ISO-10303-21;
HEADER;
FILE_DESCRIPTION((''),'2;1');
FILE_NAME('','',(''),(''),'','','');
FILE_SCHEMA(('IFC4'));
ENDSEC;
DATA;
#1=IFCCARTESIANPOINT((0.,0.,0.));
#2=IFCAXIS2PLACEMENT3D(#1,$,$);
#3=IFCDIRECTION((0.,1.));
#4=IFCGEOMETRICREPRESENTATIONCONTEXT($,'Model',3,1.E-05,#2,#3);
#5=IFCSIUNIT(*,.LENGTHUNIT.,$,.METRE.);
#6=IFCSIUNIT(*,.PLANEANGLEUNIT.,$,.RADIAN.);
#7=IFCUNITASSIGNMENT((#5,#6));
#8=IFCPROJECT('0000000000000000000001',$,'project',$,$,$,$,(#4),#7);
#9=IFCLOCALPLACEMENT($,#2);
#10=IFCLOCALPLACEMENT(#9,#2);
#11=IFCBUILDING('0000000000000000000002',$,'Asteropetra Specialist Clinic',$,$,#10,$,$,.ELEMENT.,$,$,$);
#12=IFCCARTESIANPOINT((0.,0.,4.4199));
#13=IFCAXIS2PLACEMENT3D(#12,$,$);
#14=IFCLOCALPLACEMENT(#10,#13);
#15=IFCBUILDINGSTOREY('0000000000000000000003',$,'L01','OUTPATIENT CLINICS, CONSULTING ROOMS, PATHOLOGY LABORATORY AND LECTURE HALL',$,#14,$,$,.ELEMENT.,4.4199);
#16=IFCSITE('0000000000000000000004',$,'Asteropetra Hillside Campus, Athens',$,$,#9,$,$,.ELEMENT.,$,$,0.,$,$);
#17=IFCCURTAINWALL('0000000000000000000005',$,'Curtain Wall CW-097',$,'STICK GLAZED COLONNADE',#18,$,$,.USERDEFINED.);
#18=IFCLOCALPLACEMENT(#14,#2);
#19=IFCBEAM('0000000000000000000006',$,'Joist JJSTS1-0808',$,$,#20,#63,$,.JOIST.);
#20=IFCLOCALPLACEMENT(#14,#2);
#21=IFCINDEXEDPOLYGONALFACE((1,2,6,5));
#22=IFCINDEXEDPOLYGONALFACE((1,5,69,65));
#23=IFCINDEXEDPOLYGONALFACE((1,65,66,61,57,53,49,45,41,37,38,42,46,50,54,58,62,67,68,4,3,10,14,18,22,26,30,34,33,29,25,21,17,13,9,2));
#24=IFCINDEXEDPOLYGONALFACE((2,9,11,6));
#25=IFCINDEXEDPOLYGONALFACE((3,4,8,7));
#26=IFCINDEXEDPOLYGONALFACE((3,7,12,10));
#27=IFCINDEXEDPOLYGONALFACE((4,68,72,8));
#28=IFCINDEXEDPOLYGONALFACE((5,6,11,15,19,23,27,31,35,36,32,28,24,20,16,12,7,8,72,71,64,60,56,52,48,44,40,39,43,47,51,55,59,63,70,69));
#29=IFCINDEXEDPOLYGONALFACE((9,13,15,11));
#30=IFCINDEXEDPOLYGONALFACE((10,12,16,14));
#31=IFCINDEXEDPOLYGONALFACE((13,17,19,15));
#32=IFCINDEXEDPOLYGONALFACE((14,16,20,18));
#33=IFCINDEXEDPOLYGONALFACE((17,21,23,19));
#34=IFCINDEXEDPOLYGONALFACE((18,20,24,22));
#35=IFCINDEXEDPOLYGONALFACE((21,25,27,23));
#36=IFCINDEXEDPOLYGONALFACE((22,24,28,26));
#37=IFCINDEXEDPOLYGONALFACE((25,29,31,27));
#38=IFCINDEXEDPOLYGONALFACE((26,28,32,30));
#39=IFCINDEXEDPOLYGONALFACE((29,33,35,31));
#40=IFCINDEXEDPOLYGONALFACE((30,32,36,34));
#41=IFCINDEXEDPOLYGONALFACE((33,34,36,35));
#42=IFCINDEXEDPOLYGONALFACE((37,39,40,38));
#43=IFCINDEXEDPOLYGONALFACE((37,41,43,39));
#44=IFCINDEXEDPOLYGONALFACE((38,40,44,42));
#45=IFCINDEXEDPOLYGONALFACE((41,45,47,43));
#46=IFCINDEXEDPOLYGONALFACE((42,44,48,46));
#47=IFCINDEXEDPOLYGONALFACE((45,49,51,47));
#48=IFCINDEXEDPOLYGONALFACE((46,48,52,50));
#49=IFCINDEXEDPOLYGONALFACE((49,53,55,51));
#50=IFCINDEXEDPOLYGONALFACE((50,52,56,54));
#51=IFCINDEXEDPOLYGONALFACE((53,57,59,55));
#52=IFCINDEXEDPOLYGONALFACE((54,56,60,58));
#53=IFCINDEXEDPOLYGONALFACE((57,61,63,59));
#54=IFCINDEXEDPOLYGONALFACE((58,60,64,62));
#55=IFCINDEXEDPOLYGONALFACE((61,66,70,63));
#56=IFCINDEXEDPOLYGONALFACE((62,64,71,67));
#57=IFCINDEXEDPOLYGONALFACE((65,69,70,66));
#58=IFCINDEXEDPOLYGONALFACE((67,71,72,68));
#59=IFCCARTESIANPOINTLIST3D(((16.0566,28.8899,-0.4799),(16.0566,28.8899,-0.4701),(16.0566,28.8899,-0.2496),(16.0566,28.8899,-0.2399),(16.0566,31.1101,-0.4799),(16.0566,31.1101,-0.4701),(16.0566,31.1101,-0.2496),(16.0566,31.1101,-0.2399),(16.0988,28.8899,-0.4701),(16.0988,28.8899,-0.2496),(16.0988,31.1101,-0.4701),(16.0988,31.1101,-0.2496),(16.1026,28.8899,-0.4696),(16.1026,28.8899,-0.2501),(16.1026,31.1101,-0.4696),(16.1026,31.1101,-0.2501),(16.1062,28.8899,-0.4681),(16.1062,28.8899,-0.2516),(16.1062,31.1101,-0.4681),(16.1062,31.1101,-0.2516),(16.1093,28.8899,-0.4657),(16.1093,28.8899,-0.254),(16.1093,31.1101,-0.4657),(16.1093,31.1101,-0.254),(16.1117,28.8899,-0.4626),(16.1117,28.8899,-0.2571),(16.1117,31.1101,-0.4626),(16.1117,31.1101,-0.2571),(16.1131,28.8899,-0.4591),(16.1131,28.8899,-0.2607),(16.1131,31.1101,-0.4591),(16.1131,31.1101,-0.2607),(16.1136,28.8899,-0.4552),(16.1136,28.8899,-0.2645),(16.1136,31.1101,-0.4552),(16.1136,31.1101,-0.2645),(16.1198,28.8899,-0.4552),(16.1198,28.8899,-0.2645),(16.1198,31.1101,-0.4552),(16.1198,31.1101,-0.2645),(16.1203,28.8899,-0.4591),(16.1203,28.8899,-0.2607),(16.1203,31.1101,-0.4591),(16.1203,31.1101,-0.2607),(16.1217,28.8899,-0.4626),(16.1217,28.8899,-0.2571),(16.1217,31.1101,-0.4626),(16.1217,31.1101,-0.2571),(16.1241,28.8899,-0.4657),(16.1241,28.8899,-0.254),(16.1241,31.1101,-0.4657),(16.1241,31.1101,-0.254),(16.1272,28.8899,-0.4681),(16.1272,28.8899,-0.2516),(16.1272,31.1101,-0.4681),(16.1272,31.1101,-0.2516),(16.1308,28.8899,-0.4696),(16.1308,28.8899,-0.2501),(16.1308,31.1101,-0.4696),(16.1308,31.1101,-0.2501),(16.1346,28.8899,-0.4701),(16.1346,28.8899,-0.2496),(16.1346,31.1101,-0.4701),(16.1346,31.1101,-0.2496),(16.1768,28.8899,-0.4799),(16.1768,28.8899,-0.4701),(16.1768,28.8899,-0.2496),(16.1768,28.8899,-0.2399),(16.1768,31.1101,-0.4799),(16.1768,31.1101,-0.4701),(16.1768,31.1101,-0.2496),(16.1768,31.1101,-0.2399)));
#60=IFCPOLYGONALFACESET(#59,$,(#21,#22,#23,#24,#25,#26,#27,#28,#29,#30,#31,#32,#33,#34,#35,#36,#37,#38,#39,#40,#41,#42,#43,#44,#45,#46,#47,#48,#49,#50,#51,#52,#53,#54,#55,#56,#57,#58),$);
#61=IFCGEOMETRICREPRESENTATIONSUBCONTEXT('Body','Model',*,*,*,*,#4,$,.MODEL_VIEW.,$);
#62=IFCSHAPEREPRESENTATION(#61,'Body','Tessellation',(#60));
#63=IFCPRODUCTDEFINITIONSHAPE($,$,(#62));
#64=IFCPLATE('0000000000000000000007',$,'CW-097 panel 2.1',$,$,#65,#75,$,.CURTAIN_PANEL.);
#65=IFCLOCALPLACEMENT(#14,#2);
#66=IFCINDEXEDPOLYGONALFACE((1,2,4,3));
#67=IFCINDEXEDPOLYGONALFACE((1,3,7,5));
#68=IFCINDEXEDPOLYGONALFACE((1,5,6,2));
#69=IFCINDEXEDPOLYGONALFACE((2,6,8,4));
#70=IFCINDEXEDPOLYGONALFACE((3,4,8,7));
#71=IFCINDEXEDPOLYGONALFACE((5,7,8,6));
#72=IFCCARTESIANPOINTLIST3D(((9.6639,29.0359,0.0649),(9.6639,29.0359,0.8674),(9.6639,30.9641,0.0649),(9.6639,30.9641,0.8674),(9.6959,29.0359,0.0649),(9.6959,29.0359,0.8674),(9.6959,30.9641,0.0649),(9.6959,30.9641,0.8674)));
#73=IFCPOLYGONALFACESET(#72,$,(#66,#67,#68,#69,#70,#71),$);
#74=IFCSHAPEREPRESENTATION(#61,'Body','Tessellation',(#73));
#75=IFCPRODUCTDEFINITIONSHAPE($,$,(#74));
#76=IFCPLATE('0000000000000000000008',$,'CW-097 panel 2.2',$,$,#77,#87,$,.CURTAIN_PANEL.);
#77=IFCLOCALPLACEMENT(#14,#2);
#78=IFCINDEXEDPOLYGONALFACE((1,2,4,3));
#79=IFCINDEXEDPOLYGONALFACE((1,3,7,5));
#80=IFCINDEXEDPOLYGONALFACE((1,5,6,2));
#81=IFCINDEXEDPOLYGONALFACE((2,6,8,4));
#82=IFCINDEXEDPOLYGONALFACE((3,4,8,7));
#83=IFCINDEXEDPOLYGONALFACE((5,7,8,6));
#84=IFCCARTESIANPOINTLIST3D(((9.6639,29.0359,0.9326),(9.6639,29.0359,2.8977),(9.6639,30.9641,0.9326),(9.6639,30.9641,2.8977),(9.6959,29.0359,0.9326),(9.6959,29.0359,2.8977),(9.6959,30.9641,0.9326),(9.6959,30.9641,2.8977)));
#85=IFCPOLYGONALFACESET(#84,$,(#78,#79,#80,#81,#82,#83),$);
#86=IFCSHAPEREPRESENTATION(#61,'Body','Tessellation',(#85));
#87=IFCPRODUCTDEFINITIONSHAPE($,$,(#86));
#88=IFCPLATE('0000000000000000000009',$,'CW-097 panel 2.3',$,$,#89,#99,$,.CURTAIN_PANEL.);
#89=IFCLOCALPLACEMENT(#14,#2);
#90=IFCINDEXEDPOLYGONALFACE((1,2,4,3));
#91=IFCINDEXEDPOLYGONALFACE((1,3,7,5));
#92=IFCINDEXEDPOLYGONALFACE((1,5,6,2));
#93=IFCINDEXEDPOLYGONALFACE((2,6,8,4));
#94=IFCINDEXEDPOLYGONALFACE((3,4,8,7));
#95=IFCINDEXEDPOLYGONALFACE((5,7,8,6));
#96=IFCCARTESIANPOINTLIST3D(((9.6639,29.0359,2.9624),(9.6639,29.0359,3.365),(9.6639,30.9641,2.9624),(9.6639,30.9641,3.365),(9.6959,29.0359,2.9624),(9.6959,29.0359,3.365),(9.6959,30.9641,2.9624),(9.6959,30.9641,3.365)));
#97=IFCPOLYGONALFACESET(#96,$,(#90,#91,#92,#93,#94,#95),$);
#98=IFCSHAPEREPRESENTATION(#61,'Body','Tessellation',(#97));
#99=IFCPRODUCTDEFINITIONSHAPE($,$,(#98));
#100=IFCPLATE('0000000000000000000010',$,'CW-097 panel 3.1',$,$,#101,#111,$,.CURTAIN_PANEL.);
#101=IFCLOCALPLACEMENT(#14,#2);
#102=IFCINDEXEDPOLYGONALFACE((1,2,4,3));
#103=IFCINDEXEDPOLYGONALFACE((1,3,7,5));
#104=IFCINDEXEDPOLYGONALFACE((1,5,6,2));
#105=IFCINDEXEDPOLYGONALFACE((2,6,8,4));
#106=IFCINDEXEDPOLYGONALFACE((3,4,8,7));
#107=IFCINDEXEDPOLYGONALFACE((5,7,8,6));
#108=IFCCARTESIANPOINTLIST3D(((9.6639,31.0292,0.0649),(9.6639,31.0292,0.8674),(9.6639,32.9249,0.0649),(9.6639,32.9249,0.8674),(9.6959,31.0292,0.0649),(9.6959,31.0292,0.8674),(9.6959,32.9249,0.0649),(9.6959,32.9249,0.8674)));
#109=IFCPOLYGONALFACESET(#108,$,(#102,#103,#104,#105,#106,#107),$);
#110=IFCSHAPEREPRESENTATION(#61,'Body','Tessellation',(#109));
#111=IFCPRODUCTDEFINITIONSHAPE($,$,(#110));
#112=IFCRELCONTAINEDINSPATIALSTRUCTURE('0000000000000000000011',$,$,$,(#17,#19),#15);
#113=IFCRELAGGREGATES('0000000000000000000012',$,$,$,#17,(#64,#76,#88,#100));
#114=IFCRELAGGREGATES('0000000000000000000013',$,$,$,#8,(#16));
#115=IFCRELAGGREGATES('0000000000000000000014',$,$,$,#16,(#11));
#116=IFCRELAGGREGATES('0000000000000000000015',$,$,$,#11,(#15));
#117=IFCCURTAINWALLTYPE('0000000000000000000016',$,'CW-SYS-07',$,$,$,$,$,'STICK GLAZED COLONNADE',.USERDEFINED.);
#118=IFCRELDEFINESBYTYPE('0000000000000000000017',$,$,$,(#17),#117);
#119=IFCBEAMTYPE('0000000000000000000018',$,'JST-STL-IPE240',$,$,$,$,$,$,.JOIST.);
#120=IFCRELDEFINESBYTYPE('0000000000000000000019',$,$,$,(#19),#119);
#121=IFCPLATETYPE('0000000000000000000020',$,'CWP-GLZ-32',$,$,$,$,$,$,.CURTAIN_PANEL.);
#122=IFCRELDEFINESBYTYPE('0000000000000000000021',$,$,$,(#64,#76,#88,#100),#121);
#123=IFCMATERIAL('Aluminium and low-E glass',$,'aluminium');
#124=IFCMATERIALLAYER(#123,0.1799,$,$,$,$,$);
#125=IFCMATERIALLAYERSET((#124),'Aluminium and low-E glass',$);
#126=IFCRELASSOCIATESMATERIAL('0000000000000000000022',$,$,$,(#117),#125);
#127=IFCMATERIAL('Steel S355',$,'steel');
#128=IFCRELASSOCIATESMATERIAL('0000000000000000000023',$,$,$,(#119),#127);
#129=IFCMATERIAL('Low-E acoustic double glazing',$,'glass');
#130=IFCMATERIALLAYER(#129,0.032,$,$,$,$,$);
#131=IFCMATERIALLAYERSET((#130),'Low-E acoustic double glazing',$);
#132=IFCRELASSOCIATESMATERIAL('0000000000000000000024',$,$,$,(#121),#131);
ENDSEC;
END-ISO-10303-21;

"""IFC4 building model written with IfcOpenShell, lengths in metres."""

from ifc_helpers import new_model, si_unit, direction, frame, origin, origin_2d, place, context, subcontext, project, spatial, rectangle, i_section, extrude, material, layer, layer_set, material_profile, profile_set, type_object, element, aggregate, save


model = new_model("IFC4")

# Units and contexts
model_context = context("Model", 3, precision=1e-05, world=origin(), true_north=direction((0.0, 1.0)))
body_context = subcontext(model_context, "Body", "Model", "MODEL_VIEW")
ifc_project = project(units=[si_unit("LENGTHUNIT", "METRE"), si_unit("PLANEANGLEUNIT", "RADIAN")], contexts=[model_context])

# Site, building, storey
site_placement = place(None, origin())
site = spatial("IfcSite", under=ifc_project, at=site_placement, Name="Asteropetra Hillside Campus, Athens", CompositionType="ELEMENT", RefElevation=0.0)
building_placement = place(site_placement, origin())
building = spatial("IfcBuilding", under=site, at=building_placement, Name="Asteropetra Specialist Clinic", CompositionType="ELEMENT")
storey_placement = place(building_placement, frame((0.0, 0.0, 4.4199)))
storey = spatial("IfcBuildingStorey", under=building, at=storey_placement, Name="L01", Description="OUTPATIENT CLINICS, CONSULTING ROOMS, PATHOLOGY LABORATORY AND LECTURE HALL", CompositionType="ELEMENT", Elevation=4.4199)

# Curtain wall
ifc_material_1 = material(Name="Aluminium and low-E glass", Category="aluminium")
ifc_layer_1 = layer(ifc_material_1, 0.1799)
ifc_layer_set_1 = layer_set([ifc_layer_1], Name="Aluminium and low-E glass")
curtain_wall_type = type_object("IfcCurtainWallType", Name="CW-SYS-07", ElementType="STICK GLAZED COLONNADE", PredefinedType="USERDEFINED", material=ifc_layer_set_1)
curtain_wall_placement = place(storey_placement, origin())
curtain_wall = element("IfcCurtainWall", 1, at=curtain_wall_placement, inside=storey, type_object=curtain_wall_type, Name="Curtain Wall CW-097", ObjectType="STICK GLAZED COLONNADE", PredefinedType="USERDEFINED")

# Beam
ifc_material_2 = material(Name="Steel S355", Category="steel")
ifc_material_profile_1 = material_profile(ifc_material_2, i_section(OverallWidth=0.1201, OverallDepth=0.24, WebThickness=0.0061, FlangeThickness=0.0098, FilletRadius=0.0149, at=origin_2d()), Name="IPE 240")
ifc_profile_set_1 = profile_set([ifc_material_profile_1], Name="Steel S355")
beam_type_1 = type_object("IfcBeamType", Name="JST-STL-IPE240", PredefinedType="JOIST", material=ifc_profile_set_1)
for number, where, z_axis, x_axis, name in (
    (2, (16.1167, 28.8899, -0.3599), (0.0, 1.0, 0.0), (-1.0, 0.0, 0.0), "Joist JJSTS1-0808"),
):
    element("IfcBeam", number, at=place(storey_placement, frame(where, z_axis=z_axis, x_axis=x_axis)), inside=storey, type_object=beam_type_1, Name=name, PredefinedType="JOIST", context=body_context, shape_type="SweptSolid", body=[
        extrude(i_section(OverallWidth=0.1201, OverallDepth=0.24, WebThickness=0.0061, FlangeThickness=0.0098, FilletRadius=0.0149, at=origin_2d()), origin(), (0.0, 0.0, 1.0), 2.2202),
    ])

# Plates
ifc_material_3 = material(Name="Low-E acoustic double glazing", Category="glass")
ifc_layer_2 = layer(ifc_material_3, 0.032)
ifc_layer_set_2 = layer_set([ifc_layer_2], Name="Low-E acoustic double glazing")
plate_type = type_object("IfcPlateType", Name="CWP-GLZ-32", PredefinedType="CURTAIN_PANEL", material=ifc_layer_set_2)
plate_1_placement = place(storey_placement, frame((9.6799, 30.0, 0.0649), z_axis=(0.0, 0.0, 1.0), x_axis=(0.0, 1.0, 0.0)))
plate_1 = element("IfcPlate", 3, at=plate_1_placement, type_object=plate_type, Name="CW-097 panel 2.1", PredefinedType="CURTAIN_PANEL", context=body_context, shape_type="SweptSolid", body=[
    extrude(rectangle(XDim=1.9282, YDim=0.032, at=origin_2d()), origin(), (0.0, 0.0, 1.0), 0.8025),
])
plate_2_placement = place(storey_placement, frame((9.6799, 30.0, 0.9326), z_axis=(0.0, 0.0, 1.0), x_axis=(0.0, 1.0, 0.0)))
plate_2 = element("IfcPlate", 4, at=plate_2_placement, type_object=plate_type, Name="CW-097 panel 2.2", PredefinedType="CURTAIN_PANEL", context=body_context, shape_type="SweptSolid", body=[
    extrude(rectangle(XDim=1.9282, YDim=0.032, at=origin_2d()), origin(), (0.0, 0.0, 1.0), 1.9651),
])
plate_3_placement = place(storey_placement, frame((9.6799, 30.0, 2.9624), z_axis=(0.0, 0.0, 1.0), x_axis=(0.0, 1.0, 0.0)))
plate_3 = element("IfcPlate", 5, at=plate_3_placement, type_object=plate_type, Name="CW-097 panel 2.3", PredefinedType="CURTAIN_PANEL", context=body_context, shape_type="SweptSolid", body=[
    extrude(rectangle(XDim=1.9282, YDim=0.032, at=origin_2d()), origin(), (0.0, 0.0, 1.0), 0.4026),
])
plate_4_placement = place(storey_placement, frame((9.6799, 31.9771, 0.0649), z_axis=(0.0, 0.0, 1.0), x_axis=(0.0, 1.0, 0.0)))
plate_4 = element("IfcPlate", 6, at=plate_4_placement, type_object=plate_type, Name="CW-097 panel 3.1", PredefinedType="CURTAIN_PANEL", context=body_context, shape_type="SweptSolid", body=[
    extrude(rectangle(XDim=1.8958, YDim=0.032, at=origin_2d()), origin(), (0.0, 0.0, 1.0), 0.8025),
])
aggregate(curtain_wall, [plate_1, plate_2, plate_3, plate_4])

save(model, "model.ifc")
